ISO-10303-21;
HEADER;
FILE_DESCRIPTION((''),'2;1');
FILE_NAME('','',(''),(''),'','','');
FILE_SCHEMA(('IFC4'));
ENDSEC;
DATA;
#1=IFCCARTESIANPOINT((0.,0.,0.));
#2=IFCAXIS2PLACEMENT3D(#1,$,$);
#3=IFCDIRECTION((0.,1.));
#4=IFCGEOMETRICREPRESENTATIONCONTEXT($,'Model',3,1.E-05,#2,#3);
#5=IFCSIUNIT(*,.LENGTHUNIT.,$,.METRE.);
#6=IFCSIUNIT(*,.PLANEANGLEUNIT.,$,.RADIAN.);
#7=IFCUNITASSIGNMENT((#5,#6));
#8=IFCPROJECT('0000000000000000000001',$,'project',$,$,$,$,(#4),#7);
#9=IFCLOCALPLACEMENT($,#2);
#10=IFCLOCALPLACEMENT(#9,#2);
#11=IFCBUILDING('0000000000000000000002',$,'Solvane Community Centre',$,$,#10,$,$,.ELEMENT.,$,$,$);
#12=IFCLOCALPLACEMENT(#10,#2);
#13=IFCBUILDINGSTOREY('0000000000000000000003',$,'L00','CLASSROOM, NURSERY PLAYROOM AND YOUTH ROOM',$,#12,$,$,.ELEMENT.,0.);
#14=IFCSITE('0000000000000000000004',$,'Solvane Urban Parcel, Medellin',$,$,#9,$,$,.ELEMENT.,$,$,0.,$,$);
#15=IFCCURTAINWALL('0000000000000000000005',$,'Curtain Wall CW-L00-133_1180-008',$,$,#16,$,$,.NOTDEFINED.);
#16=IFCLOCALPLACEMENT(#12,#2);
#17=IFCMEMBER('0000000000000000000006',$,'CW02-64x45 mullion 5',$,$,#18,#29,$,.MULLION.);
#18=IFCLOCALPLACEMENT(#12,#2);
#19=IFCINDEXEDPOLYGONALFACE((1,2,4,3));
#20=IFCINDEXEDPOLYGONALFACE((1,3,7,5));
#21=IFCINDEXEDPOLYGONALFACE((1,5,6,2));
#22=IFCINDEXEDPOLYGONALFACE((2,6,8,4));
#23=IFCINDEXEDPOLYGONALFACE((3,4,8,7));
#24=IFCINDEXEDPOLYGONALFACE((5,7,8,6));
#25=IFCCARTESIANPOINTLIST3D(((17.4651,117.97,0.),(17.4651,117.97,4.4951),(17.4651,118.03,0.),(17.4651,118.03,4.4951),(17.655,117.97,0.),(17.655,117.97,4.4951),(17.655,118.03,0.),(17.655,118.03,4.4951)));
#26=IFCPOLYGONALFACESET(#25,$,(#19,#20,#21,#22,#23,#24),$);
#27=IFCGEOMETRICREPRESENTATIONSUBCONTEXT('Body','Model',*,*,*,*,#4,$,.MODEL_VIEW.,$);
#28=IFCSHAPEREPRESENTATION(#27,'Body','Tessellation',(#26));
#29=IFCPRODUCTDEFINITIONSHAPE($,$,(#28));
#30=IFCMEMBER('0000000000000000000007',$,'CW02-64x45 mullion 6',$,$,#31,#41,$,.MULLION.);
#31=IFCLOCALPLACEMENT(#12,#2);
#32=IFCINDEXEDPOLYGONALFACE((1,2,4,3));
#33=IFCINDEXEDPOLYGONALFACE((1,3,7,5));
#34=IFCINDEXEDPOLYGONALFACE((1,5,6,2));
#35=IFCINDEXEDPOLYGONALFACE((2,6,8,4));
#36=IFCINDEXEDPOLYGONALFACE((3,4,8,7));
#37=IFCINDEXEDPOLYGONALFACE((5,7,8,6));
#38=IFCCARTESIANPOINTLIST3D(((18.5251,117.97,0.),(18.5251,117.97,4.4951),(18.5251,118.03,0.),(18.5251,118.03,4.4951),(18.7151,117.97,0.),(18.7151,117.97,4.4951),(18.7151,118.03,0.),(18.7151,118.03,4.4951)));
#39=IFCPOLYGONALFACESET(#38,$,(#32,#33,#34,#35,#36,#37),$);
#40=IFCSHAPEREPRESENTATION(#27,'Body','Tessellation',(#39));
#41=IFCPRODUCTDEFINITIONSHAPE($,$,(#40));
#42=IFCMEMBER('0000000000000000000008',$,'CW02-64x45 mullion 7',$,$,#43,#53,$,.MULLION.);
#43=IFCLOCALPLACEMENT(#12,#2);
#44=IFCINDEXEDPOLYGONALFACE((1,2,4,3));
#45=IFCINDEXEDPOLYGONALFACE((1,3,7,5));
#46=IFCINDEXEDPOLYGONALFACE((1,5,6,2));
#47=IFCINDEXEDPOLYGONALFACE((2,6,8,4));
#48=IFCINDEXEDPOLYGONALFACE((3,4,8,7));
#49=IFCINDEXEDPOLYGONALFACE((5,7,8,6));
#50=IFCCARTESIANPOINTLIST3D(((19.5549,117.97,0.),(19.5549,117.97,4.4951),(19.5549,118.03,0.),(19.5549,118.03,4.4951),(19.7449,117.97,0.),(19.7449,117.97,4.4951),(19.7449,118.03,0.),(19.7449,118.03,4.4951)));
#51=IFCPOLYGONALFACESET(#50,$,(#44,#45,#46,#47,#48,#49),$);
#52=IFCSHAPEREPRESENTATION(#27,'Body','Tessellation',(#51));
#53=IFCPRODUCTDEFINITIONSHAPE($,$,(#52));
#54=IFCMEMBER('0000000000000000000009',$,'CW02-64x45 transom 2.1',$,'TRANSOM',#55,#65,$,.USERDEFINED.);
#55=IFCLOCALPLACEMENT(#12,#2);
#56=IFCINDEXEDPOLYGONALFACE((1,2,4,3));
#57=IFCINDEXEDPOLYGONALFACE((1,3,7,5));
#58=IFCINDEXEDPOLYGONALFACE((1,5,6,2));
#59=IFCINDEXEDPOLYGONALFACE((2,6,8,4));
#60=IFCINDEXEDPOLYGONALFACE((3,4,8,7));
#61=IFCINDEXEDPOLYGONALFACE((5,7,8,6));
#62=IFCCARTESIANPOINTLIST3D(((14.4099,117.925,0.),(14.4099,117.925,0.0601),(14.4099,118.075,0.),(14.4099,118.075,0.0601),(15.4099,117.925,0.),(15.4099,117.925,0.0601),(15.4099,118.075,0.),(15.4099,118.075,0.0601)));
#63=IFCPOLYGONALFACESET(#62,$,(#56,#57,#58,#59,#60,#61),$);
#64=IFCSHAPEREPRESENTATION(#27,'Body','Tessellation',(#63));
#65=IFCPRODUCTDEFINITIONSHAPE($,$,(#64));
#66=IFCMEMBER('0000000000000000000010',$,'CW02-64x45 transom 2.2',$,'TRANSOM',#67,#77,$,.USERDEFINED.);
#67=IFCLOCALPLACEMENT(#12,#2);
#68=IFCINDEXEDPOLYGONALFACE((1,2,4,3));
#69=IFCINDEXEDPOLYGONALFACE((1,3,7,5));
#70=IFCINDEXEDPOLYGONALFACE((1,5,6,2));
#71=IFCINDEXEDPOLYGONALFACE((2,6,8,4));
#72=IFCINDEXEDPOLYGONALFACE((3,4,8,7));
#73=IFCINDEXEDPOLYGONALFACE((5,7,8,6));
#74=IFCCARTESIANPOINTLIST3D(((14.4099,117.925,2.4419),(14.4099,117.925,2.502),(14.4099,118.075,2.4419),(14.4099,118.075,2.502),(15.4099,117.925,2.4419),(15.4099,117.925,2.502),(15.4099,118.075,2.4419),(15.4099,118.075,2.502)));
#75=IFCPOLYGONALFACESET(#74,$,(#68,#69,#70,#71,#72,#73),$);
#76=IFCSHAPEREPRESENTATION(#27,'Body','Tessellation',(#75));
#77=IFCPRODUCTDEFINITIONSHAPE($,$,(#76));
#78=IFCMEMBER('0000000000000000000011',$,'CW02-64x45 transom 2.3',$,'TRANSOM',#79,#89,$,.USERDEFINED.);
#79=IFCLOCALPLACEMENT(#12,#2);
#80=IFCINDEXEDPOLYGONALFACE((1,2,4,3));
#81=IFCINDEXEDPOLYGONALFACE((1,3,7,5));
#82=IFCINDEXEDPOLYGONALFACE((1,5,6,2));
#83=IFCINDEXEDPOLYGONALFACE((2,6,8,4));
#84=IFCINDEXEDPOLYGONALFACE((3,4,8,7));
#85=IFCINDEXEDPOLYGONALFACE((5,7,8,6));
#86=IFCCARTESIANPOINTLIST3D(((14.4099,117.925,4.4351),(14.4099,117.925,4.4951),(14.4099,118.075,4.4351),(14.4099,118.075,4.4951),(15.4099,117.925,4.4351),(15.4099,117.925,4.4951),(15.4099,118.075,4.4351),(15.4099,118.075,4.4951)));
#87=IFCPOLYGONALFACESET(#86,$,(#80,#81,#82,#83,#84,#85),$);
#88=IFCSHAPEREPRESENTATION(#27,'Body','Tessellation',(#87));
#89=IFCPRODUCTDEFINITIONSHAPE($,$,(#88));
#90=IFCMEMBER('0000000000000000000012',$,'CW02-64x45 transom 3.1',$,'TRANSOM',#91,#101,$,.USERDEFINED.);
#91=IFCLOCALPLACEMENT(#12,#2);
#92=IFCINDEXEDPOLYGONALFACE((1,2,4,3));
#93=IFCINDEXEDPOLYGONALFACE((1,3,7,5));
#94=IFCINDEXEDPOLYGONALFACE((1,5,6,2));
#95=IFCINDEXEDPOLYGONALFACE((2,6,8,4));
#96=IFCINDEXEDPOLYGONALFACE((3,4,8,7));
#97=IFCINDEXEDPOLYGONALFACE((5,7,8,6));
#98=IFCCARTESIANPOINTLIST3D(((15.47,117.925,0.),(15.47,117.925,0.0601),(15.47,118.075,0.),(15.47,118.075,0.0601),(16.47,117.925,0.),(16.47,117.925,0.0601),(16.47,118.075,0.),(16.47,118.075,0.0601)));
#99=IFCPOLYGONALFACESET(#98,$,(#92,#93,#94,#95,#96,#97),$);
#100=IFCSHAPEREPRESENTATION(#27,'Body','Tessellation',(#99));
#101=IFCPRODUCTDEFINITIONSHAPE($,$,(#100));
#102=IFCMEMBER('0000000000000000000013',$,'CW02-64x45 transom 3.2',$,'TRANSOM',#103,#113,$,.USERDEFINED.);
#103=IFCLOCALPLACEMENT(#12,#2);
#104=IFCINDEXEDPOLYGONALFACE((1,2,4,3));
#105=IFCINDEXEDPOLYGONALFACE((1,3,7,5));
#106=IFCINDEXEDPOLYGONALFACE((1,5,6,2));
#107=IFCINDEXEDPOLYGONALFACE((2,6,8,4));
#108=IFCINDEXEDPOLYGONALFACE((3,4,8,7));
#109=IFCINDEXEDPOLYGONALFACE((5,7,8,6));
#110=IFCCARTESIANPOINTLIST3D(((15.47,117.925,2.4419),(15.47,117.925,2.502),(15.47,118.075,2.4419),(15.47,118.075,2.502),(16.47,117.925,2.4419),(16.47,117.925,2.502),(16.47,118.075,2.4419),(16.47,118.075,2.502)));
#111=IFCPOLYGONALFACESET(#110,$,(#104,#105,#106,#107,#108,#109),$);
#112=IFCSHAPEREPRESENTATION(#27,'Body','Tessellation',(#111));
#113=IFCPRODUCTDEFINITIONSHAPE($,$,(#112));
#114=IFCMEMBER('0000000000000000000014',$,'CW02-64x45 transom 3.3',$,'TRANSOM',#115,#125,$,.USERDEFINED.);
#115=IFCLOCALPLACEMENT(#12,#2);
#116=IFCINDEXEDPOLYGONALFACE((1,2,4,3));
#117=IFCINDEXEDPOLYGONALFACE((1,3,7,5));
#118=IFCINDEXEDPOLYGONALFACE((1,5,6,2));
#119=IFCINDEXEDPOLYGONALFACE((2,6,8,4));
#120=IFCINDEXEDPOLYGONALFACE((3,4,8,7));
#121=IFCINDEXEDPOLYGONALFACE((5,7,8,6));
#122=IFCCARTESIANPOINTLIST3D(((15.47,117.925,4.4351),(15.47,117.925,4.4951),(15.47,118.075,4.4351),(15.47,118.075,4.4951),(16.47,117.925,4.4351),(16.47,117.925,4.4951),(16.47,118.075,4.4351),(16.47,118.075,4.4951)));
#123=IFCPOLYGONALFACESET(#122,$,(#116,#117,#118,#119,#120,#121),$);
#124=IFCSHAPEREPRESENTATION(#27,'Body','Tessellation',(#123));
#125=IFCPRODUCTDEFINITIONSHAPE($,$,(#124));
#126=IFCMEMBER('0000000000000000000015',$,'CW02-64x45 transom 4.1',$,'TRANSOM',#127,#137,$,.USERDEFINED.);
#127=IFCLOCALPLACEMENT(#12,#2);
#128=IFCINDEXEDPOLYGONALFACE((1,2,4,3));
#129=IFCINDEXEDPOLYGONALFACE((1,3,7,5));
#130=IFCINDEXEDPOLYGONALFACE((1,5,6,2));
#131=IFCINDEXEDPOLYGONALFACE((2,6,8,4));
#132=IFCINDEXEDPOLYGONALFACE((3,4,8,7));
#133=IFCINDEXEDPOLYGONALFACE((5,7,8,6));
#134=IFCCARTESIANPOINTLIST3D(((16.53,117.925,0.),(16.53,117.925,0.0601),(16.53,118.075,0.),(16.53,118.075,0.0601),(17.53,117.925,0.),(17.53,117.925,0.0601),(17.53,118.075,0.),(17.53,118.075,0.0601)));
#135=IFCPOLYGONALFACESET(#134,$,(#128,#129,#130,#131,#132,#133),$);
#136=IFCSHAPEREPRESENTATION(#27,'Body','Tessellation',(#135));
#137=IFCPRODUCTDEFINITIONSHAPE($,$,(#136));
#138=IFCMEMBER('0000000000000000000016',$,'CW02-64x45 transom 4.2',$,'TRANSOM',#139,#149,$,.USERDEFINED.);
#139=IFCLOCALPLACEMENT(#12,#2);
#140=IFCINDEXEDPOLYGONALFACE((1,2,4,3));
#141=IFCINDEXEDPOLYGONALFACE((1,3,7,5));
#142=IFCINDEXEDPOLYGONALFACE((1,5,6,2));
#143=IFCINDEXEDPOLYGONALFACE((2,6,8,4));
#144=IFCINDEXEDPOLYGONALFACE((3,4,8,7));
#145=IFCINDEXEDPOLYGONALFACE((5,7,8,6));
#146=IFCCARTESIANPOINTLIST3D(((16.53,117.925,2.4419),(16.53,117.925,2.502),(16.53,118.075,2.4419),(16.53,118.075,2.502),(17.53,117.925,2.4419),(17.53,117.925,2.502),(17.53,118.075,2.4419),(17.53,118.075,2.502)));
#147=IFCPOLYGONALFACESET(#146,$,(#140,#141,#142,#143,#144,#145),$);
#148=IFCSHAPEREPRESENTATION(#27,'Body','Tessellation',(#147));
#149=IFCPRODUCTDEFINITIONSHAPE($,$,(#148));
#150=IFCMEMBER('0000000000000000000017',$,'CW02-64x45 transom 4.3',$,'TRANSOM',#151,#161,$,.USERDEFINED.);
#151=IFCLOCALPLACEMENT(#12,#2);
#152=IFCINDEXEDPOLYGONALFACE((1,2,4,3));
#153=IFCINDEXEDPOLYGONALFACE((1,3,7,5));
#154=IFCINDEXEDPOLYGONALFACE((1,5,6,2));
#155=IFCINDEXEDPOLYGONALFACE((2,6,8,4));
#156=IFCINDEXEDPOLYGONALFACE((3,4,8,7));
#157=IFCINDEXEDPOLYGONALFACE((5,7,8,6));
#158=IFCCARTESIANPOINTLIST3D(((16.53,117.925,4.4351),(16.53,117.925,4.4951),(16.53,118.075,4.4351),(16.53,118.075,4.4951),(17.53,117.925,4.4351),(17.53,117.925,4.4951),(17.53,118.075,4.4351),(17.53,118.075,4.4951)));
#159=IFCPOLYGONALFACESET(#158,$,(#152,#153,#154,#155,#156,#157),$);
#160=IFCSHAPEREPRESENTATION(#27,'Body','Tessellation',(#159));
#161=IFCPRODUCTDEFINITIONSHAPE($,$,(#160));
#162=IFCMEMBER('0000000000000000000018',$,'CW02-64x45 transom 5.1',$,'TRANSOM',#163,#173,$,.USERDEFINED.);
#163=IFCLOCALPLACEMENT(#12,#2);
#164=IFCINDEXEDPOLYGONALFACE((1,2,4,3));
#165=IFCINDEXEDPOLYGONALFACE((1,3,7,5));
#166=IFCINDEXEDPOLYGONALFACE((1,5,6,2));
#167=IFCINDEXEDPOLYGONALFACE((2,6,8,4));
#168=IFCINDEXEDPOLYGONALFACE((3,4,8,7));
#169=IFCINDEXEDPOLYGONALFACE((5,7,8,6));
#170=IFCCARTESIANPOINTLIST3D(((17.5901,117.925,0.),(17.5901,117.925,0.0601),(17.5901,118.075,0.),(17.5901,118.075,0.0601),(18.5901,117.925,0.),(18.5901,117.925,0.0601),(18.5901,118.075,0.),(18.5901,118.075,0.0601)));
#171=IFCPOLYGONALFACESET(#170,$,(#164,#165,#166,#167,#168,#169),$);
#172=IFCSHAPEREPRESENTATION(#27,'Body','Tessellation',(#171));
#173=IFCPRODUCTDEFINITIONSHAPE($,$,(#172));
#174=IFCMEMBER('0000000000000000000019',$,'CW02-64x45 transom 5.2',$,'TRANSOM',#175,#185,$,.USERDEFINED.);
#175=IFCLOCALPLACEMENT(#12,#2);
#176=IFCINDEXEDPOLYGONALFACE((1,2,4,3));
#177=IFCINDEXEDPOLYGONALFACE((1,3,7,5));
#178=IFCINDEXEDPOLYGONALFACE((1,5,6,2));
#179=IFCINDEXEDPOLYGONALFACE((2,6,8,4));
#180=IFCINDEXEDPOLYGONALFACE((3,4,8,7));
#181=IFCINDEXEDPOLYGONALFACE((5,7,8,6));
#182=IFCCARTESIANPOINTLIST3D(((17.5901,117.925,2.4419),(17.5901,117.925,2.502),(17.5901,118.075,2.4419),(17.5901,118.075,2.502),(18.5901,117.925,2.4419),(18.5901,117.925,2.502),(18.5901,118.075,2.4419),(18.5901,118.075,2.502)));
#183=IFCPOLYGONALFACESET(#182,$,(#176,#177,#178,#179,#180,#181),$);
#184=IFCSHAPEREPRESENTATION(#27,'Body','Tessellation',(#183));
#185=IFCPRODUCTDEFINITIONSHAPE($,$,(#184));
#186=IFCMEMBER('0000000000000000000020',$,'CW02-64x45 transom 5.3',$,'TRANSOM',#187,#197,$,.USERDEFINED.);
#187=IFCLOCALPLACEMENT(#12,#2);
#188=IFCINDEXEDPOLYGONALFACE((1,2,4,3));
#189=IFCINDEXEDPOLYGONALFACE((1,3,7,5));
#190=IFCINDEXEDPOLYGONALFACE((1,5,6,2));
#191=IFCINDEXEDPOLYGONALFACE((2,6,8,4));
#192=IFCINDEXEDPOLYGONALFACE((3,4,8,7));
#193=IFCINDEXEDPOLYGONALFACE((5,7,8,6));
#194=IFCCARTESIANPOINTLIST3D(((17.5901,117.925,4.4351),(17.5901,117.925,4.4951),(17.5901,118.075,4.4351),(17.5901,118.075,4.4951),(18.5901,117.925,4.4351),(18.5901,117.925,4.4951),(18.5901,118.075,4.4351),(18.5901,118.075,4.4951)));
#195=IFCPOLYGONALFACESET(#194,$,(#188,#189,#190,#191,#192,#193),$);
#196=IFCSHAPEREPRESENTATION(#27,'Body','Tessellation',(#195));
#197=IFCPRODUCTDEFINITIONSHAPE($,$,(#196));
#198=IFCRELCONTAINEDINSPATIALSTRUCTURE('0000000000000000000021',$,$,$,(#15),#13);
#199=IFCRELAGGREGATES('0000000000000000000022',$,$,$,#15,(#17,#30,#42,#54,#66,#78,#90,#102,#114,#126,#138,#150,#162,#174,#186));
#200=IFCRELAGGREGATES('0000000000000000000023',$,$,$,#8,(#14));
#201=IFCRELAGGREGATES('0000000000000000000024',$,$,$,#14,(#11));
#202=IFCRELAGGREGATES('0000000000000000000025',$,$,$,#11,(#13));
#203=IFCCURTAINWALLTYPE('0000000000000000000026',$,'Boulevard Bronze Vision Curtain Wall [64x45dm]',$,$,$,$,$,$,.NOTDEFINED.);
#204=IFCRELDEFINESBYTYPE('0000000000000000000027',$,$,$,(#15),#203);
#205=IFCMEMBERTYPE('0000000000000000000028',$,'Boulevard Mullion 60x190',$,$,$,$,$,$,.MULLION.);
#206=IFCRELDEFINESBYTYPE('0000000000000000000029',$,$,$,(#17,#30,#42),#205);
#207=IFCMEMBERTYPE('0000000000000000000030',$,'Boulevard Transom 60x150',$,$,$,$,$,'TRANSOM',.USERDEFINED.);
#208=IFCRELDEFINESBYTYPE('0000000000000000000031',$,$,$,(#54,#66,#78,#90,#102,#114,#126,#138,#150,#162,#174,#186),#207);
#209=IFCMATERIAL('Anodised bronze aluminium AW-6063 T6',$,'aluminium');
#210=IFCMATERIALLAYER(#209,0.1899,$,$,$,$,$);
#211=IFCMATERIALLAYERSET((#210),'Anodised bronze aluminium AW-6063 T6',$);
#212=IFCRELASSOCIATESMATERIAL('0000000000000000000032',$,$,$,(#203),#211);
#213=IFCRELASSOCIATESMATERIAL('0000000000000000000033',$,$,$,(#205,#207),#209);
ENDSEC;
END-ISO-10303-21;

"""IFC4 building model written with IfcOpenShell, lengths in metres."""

from ifc_helpers import new_model, si_unit, direction, frame, origin, origin_2d, place, context, subcontext, project, spatial, rectangle, extrude, material, layer, layer_set, material_profile, profile_set, type_object, element, aggregate, save


model = new_model("IFC4")

# Units and contexts
model_context = context("Model", 3, precision=1e-05, world=origin(), true_north=direction((0.0, 1.0)))
body_context = subcontext(model_context, "Body", "Model", "MODEL_VIEW")
ifc_project = project(units=[si_unit("LENGTHUNIT", "METRE"), si_unit("PLANEANGLEUNIT", "RADIAN")], contexts=[model_context])

# Site, building, storey
site_placement = place(None, origin())
site = spatial("IfcSite", under=ifc_project, at=site_placement, Name="Solvane Urban Parcel, Medellin", CompositionType="ELEMENT", RefElevation=0.0)
building_placement = place(site_placement, origin())
building = spatial("IfcBuilding", under=site, at=building_placement, Name="Solvane Community Centre", CompositionType="ELEMENT")
storey_placement = place(building_placement, origin())
storey = spatial("IfcBuildingStorey", under=building, at=storey_placement, Name="L00", Description="CLASSROOM, NURSERY PLAYROOM AND YOUTH ROOM", CompositionType="ELEMENT", Elevation=0.0)

# Curtain wall, members
ifc_material_1 = material(Name="Anodised bronze aluminium AW-6063 T6", Category="aluminium")
ifc_layer_1 = layer(ifc_material_1, 0.1899)
ifc_layer_set_1 = layer_set([ifc_layer_1], Name="Anodised bronze aluminium AW-6063 T6")
curtain_wall_type = type_object("IfcCurtainWallType", Name="Boulevard Bronze Vision Curtain Wall [64x45dm]", PredefinedType="NOTDEFINED", material=ifc_layer_set_1)
curtain_wall_placement = place(storey_placement, origin())
curtain_wall = element("IfcCurtainWall", 1, at=curtain_wall_placement, inside=storey, type_object=curtain_wall_type, Name="Curtain Wall CW-L00-133_1180-008", PredefinedType="NOTDEFINED")
ifc_material_profile_1 = material_profile(ifc_material_1, rectangle(XDim=0.0601, YDim=0.1899, at=origin_2d()), Name="CW-M 60x190")
ifc_profile_set_1 = profile_set([ifc_material_profile_1], Name="Anodised bronze aluminium AW-6063 T6")
member_type_1 = type_object("IfcMemberType", Name="Boulevard Mullion 60x190", PredefinedType="MULLION", material=ifc_profile_set_1)
member_1_placement = place(storey_placement, frame((17.5601, 118.0, 0.0), z_axis=(0.0, 0.0, 1.0), x_axis=(0.0, 1.0, 0.0)))
member_1 = element("IfcMember", 2, at=member_1_placement, type_object=member_type_1, Name="CW02-64x45 mullion 5", PredefinedType="MULLION", context=body_context, shape_type="SweptSolid", body=[
    extrude(rectangle(XDim=0.0601, YDim=0.1899, at=origin_2d()), origin(), (0.0, 0.0, 1.0), 4.4951),
])
member_2_placement = place(storey_placement, frame((18.6201, 118.0, 0.0), z_axis=(0.0, 0.0, 1.0), x_axis=(0.0, 1.0, 0.0)))
member_2 = element("IfcMember", 3, at=member_2_placement, type_object=member_type_1, Name="CW02-64x45 mullion 6", PredefinedType="MULLION", context=body_context, shape_type="SweptSolid", body=[
    extrude(rectangle(XDim=0.0601, YDim=0.1899, at=origin_2d()), origin(), (0.0, 0.0, 1.0), 4.4951),
])
member_3_placement = place(storey_placement, frame((19.6499, 118.0, 0.0), z_axis=(0.0, 0.0, 1.0), x_axis=(0.0, 1.0, 0.0)))
member_3 = element("IfcMember", 4, at=member_3_placement, type_object=member_type_1, Name="CW02-64x45 mullion 7", PredefinedType="MULLION", context=body_context, shape_type="SweptSolid", body=[
    extrude(rectangle(XDim=0.0601, YDim=0.1899, at=origin_2d()), origin(), (0.0, 0.0, 1.0), 4.4951),
])
ifc_material_profile_2 = material_profile(ifc_material_1, rectangle(XDim=0.1499, YDim=0.0601, at=origin_2d()), Name="CW-T 60x150")
ifc_profile_set_2 = profile_set([ifc_material_profile_2], Name="Anodised bronze aluminium AW-6063 T6")
member_type_2 = type_object("IfcMemberType", Name="Boulevard Transom 60x150", ElementType="TRANSOM", PredefinedType="USERDEFINED", material=ifc_profile_set_2)
member_4_placement = place(storey_placement, frame((14.4099, 118.0, 0.03), z_axis=(1.0, 0.0, 0.0), x_axis=(0.0, 1.0, 0.0)))
member_4 = element("IfcMember", 5, at=member_4_placement, type_object=member_type_2, Name="CW02-64x45 transom 2.1", ObjectType="TRANSOM", PredefinedType="USERDEFINED", context=body_context, shape_type="SweptSolid", body=[
    extrude(rectangle(XDim=0.1499, YDim=0.0601, at=origin_2d()), origin(), (0.0, 0.0, 1.0), 1.0),
])
member_5_placement = place(storey_placement, frame((14.4099, 118.0, 2.4719), z_axis=(1.0, 0.0, 0.0), x_axis=(0.0, 1.0, 0.0)))
member_5 = element("IfcMember", 6, at=member_5_placement, type_object=member_type_2, Name="CW02-64x45 transom 2.2", ObjectType="TRANSOM", PredefinedType="USERDEFINED", context=body_context, shape_type="SweptSolid", body=[
    extrude(rectangle(XDim=0.1499, YDim=0.0601, at=origin_2d()), origin(), (0.0, 0.0, 1.0), 1.0),
])
member_6_placement = place(storey_placement, frame((14.4099, 118.0, 4.4651), z_axis=(1.0, 0.0, 0.0), x_axis=(0.0, 1.0, 0.0)))
member_6 = element("IfcMember", 7, at=member_6_placement, type_object=member_type_2, Name="CW02-64x45 transom 2.3", ObjectType="TRANSOM", PredefinedType="USERDEFINED", context=body_context, shape_type="SweptSolid", body=[
    extrude(rectangle(XDim=0.1499, YDim=0.0601, at=origin_2d()), origin(), (0.0, 0.0, 1.0), 1.0),
])
member_7_placement = place(storey_placement, frame((15.47, 118.0, 0.03), z_axis=(1.0, 0.0, 0.0), x_axis=(0.0, 1.0, 0.0)))
member_7 = element("IfcMember", 8, at=member_7_placement, type_object=member_type_2, Name="CW02-64x45 transom 3.1", ObjectType="TRANSOM", PredefinedType="USERDEFINED", context=body_context, shape_type="SweptSolid", body=[
    extrude(rectangle(XDim=0.1499, YDim=0.0601, at=origin_2d()), origin(), (0.0, 0.0, 1.0), 1.0),
])
member_8_placement = place(storey_placement, frame((15.47, 118.0, 2.4719), z_axis=(1.0, 0.0, 0.0), x_axis=(0.0, 1.0, 0.0)))
member_8 = element("IfcMember", 9, at=member_8_placement, type_object=member_type_2, Name="CW02-64x45 transom 3.2", ObjectType="TRANSOM", PredefinedType="USERDEFINED", context=body_context, shape_type="SweptSolid", body=[
    extrude(rectangle(XDim=0.1499, YDim=0.0601, at=origin_2d()), origin(), (0.0, 0.0, 1.0), 1.0),
])
member_9_placement = place(storey_placement, frame((15.47, 118.0, 4.4651), z_axis=(1.0, 0.0, 0.0), x_axis=(0.0, 1.0, 0.0)))
member_9 = element("IfcMember", 10, at=member_9_placement, type_object=member_type_2, Name="CW02-64x45 transom 3.3", ObjectType="TRANSOM", PredefinedType="USERDEFINED", context=body_context, shape_type="SweptSolid", body=[
    extrude(rectangle(XDim=0.1499, YDim=0.0601, at=origin_2d()), origin(), (0.0, 0.0, 1.0), 1.0),
])
member_10_placement = place(storey_placement, frame((16.53, 118.0, 0.03), z_axis=(1.0, 0.0, 0.0), x_axis=(0.0, 1.0, 0.0)))
member_10 = element("IfcMember", 11, at=member_10_placement, type_object=member_type_2, Name="CW02-64x45 transom 4.1", ObjectType="TRANSOM", PredefinedType="USERDEFINED", context=body_context, shape_type="SweptSolid", body=[
    extrude(rectangle(XDim=0.1499, YDim=0.0601, at=origin_2d()), origin(), (0.0, 0.0, 1.0), 1.0),
])
member_11_placement = place(storey_placement, frame((16.53, 118.0, 2.4719), z_axis=(1.0, 0.0, 0.0), x_axis=(0.0, 1.0, 0.0)))
member_11 = element("IfcMember", 12, at=member_11_placement, type_object=member_type_2, Name="CW02-64x45 transom 4.2", ObjectType="TRANSOM", PredefinedType="USERDEFINED", context=body_context, shape_type="SweptSolid", body=[
    extrude(rectangle(XDim=0.1499, YDim=0.0601, at=origin_2d()), origin(), (0.0, 0.0, 1.0), 1.0),
])
member_12_placement = place(storey_placement, frame((16.53, 118.0, 4.4651), z_axis=(1.0, 0.0, 0.0), x_axis=(0.0, 1.0, 0.0)))
member_12 = element("IfcMember", 13, at=member_12_placement, type_object=member_type_2, Name="CW02-64x45 transom 4.3", ObjectType="TRANSOM", PredefinedType="USERDEFINED", context=body_context, shape_type="SweptSolid", body=[
    extrude(rectangle(XDim=0.1499, YDim=0.0601, at=origin_2d()), origin(), (0.0, 0.0, 1.0), 1.0),
])
member_13_placement = place(storey_placement, frame((17.5901, 118.0, 0.03), z_axis=(1.0, 0.0, 0.0), x_axis=(0.0, 1.0, 0.0)))
member_13 = element("IfcMember", 14, at=member_13_placement, type_object=member_type_2, Name="CW02-64x45 transom 5.1", ObjectType="TRANSOM", PredefinedType="USERDEFINED", context=body_context, shape_type="SweptSolid", body=[
    extrude(rectangle(XDim=0.1499, YDim=0.0601, at=origin_2d()), origin(), (0.0, 0.0, 1.0), 1.0),
])
member_14_placement = place(storey_placement, frame((17.5901, 118.0, 2.4719), z_axis=(1.0, 0.0, 0.0), x_axis=(0.0, 1.0, 0.0)))
member_14 = element("IfcMember", 15, at=member_14_placement, type_object=member_type_2, Name="CW02-64x45 transom 5.2", ObjectType="TRANSOM", PredefinedType="USERDEFINED", context=body_context, shape_type="SweptSolid", body=[
    extrude(rectangle(XDim=0.1499, YDim=0.0601, at=origin_2d()), origin(), (0.0, 0.0, 1.0), 1.0),
])
member_15_placement = place(storey_placement, frame((17.5901, 118.0, 4.4651), z_axis=(1.0, 0.0, 0.0), x_axis=(0.0, 1.0, 0.0)))
member_15 = element("IfcMember", 16, at=member_15_placement, type_object=member_type_2, Name="CW02-64x45 transom 5.3", ObjectType="TRANSOM", PredefinedType="USERDEFINED", context=body_context, shape_type="SweptSolid", body=[
    extrude(rectangle(XDim=0.1499, YDim=0.0601, at=origin_2d()), origin(), (0.0, 0.0, 1.0), 1.0),
])
aggregate(curtain_wall, [member_1, member_2, member_3, member_4, member_5, member_6, member_7, member_8, member_9, member_10, member_11, member_12, member_13, member_14, member_15])

save(model, "model.ifc")
